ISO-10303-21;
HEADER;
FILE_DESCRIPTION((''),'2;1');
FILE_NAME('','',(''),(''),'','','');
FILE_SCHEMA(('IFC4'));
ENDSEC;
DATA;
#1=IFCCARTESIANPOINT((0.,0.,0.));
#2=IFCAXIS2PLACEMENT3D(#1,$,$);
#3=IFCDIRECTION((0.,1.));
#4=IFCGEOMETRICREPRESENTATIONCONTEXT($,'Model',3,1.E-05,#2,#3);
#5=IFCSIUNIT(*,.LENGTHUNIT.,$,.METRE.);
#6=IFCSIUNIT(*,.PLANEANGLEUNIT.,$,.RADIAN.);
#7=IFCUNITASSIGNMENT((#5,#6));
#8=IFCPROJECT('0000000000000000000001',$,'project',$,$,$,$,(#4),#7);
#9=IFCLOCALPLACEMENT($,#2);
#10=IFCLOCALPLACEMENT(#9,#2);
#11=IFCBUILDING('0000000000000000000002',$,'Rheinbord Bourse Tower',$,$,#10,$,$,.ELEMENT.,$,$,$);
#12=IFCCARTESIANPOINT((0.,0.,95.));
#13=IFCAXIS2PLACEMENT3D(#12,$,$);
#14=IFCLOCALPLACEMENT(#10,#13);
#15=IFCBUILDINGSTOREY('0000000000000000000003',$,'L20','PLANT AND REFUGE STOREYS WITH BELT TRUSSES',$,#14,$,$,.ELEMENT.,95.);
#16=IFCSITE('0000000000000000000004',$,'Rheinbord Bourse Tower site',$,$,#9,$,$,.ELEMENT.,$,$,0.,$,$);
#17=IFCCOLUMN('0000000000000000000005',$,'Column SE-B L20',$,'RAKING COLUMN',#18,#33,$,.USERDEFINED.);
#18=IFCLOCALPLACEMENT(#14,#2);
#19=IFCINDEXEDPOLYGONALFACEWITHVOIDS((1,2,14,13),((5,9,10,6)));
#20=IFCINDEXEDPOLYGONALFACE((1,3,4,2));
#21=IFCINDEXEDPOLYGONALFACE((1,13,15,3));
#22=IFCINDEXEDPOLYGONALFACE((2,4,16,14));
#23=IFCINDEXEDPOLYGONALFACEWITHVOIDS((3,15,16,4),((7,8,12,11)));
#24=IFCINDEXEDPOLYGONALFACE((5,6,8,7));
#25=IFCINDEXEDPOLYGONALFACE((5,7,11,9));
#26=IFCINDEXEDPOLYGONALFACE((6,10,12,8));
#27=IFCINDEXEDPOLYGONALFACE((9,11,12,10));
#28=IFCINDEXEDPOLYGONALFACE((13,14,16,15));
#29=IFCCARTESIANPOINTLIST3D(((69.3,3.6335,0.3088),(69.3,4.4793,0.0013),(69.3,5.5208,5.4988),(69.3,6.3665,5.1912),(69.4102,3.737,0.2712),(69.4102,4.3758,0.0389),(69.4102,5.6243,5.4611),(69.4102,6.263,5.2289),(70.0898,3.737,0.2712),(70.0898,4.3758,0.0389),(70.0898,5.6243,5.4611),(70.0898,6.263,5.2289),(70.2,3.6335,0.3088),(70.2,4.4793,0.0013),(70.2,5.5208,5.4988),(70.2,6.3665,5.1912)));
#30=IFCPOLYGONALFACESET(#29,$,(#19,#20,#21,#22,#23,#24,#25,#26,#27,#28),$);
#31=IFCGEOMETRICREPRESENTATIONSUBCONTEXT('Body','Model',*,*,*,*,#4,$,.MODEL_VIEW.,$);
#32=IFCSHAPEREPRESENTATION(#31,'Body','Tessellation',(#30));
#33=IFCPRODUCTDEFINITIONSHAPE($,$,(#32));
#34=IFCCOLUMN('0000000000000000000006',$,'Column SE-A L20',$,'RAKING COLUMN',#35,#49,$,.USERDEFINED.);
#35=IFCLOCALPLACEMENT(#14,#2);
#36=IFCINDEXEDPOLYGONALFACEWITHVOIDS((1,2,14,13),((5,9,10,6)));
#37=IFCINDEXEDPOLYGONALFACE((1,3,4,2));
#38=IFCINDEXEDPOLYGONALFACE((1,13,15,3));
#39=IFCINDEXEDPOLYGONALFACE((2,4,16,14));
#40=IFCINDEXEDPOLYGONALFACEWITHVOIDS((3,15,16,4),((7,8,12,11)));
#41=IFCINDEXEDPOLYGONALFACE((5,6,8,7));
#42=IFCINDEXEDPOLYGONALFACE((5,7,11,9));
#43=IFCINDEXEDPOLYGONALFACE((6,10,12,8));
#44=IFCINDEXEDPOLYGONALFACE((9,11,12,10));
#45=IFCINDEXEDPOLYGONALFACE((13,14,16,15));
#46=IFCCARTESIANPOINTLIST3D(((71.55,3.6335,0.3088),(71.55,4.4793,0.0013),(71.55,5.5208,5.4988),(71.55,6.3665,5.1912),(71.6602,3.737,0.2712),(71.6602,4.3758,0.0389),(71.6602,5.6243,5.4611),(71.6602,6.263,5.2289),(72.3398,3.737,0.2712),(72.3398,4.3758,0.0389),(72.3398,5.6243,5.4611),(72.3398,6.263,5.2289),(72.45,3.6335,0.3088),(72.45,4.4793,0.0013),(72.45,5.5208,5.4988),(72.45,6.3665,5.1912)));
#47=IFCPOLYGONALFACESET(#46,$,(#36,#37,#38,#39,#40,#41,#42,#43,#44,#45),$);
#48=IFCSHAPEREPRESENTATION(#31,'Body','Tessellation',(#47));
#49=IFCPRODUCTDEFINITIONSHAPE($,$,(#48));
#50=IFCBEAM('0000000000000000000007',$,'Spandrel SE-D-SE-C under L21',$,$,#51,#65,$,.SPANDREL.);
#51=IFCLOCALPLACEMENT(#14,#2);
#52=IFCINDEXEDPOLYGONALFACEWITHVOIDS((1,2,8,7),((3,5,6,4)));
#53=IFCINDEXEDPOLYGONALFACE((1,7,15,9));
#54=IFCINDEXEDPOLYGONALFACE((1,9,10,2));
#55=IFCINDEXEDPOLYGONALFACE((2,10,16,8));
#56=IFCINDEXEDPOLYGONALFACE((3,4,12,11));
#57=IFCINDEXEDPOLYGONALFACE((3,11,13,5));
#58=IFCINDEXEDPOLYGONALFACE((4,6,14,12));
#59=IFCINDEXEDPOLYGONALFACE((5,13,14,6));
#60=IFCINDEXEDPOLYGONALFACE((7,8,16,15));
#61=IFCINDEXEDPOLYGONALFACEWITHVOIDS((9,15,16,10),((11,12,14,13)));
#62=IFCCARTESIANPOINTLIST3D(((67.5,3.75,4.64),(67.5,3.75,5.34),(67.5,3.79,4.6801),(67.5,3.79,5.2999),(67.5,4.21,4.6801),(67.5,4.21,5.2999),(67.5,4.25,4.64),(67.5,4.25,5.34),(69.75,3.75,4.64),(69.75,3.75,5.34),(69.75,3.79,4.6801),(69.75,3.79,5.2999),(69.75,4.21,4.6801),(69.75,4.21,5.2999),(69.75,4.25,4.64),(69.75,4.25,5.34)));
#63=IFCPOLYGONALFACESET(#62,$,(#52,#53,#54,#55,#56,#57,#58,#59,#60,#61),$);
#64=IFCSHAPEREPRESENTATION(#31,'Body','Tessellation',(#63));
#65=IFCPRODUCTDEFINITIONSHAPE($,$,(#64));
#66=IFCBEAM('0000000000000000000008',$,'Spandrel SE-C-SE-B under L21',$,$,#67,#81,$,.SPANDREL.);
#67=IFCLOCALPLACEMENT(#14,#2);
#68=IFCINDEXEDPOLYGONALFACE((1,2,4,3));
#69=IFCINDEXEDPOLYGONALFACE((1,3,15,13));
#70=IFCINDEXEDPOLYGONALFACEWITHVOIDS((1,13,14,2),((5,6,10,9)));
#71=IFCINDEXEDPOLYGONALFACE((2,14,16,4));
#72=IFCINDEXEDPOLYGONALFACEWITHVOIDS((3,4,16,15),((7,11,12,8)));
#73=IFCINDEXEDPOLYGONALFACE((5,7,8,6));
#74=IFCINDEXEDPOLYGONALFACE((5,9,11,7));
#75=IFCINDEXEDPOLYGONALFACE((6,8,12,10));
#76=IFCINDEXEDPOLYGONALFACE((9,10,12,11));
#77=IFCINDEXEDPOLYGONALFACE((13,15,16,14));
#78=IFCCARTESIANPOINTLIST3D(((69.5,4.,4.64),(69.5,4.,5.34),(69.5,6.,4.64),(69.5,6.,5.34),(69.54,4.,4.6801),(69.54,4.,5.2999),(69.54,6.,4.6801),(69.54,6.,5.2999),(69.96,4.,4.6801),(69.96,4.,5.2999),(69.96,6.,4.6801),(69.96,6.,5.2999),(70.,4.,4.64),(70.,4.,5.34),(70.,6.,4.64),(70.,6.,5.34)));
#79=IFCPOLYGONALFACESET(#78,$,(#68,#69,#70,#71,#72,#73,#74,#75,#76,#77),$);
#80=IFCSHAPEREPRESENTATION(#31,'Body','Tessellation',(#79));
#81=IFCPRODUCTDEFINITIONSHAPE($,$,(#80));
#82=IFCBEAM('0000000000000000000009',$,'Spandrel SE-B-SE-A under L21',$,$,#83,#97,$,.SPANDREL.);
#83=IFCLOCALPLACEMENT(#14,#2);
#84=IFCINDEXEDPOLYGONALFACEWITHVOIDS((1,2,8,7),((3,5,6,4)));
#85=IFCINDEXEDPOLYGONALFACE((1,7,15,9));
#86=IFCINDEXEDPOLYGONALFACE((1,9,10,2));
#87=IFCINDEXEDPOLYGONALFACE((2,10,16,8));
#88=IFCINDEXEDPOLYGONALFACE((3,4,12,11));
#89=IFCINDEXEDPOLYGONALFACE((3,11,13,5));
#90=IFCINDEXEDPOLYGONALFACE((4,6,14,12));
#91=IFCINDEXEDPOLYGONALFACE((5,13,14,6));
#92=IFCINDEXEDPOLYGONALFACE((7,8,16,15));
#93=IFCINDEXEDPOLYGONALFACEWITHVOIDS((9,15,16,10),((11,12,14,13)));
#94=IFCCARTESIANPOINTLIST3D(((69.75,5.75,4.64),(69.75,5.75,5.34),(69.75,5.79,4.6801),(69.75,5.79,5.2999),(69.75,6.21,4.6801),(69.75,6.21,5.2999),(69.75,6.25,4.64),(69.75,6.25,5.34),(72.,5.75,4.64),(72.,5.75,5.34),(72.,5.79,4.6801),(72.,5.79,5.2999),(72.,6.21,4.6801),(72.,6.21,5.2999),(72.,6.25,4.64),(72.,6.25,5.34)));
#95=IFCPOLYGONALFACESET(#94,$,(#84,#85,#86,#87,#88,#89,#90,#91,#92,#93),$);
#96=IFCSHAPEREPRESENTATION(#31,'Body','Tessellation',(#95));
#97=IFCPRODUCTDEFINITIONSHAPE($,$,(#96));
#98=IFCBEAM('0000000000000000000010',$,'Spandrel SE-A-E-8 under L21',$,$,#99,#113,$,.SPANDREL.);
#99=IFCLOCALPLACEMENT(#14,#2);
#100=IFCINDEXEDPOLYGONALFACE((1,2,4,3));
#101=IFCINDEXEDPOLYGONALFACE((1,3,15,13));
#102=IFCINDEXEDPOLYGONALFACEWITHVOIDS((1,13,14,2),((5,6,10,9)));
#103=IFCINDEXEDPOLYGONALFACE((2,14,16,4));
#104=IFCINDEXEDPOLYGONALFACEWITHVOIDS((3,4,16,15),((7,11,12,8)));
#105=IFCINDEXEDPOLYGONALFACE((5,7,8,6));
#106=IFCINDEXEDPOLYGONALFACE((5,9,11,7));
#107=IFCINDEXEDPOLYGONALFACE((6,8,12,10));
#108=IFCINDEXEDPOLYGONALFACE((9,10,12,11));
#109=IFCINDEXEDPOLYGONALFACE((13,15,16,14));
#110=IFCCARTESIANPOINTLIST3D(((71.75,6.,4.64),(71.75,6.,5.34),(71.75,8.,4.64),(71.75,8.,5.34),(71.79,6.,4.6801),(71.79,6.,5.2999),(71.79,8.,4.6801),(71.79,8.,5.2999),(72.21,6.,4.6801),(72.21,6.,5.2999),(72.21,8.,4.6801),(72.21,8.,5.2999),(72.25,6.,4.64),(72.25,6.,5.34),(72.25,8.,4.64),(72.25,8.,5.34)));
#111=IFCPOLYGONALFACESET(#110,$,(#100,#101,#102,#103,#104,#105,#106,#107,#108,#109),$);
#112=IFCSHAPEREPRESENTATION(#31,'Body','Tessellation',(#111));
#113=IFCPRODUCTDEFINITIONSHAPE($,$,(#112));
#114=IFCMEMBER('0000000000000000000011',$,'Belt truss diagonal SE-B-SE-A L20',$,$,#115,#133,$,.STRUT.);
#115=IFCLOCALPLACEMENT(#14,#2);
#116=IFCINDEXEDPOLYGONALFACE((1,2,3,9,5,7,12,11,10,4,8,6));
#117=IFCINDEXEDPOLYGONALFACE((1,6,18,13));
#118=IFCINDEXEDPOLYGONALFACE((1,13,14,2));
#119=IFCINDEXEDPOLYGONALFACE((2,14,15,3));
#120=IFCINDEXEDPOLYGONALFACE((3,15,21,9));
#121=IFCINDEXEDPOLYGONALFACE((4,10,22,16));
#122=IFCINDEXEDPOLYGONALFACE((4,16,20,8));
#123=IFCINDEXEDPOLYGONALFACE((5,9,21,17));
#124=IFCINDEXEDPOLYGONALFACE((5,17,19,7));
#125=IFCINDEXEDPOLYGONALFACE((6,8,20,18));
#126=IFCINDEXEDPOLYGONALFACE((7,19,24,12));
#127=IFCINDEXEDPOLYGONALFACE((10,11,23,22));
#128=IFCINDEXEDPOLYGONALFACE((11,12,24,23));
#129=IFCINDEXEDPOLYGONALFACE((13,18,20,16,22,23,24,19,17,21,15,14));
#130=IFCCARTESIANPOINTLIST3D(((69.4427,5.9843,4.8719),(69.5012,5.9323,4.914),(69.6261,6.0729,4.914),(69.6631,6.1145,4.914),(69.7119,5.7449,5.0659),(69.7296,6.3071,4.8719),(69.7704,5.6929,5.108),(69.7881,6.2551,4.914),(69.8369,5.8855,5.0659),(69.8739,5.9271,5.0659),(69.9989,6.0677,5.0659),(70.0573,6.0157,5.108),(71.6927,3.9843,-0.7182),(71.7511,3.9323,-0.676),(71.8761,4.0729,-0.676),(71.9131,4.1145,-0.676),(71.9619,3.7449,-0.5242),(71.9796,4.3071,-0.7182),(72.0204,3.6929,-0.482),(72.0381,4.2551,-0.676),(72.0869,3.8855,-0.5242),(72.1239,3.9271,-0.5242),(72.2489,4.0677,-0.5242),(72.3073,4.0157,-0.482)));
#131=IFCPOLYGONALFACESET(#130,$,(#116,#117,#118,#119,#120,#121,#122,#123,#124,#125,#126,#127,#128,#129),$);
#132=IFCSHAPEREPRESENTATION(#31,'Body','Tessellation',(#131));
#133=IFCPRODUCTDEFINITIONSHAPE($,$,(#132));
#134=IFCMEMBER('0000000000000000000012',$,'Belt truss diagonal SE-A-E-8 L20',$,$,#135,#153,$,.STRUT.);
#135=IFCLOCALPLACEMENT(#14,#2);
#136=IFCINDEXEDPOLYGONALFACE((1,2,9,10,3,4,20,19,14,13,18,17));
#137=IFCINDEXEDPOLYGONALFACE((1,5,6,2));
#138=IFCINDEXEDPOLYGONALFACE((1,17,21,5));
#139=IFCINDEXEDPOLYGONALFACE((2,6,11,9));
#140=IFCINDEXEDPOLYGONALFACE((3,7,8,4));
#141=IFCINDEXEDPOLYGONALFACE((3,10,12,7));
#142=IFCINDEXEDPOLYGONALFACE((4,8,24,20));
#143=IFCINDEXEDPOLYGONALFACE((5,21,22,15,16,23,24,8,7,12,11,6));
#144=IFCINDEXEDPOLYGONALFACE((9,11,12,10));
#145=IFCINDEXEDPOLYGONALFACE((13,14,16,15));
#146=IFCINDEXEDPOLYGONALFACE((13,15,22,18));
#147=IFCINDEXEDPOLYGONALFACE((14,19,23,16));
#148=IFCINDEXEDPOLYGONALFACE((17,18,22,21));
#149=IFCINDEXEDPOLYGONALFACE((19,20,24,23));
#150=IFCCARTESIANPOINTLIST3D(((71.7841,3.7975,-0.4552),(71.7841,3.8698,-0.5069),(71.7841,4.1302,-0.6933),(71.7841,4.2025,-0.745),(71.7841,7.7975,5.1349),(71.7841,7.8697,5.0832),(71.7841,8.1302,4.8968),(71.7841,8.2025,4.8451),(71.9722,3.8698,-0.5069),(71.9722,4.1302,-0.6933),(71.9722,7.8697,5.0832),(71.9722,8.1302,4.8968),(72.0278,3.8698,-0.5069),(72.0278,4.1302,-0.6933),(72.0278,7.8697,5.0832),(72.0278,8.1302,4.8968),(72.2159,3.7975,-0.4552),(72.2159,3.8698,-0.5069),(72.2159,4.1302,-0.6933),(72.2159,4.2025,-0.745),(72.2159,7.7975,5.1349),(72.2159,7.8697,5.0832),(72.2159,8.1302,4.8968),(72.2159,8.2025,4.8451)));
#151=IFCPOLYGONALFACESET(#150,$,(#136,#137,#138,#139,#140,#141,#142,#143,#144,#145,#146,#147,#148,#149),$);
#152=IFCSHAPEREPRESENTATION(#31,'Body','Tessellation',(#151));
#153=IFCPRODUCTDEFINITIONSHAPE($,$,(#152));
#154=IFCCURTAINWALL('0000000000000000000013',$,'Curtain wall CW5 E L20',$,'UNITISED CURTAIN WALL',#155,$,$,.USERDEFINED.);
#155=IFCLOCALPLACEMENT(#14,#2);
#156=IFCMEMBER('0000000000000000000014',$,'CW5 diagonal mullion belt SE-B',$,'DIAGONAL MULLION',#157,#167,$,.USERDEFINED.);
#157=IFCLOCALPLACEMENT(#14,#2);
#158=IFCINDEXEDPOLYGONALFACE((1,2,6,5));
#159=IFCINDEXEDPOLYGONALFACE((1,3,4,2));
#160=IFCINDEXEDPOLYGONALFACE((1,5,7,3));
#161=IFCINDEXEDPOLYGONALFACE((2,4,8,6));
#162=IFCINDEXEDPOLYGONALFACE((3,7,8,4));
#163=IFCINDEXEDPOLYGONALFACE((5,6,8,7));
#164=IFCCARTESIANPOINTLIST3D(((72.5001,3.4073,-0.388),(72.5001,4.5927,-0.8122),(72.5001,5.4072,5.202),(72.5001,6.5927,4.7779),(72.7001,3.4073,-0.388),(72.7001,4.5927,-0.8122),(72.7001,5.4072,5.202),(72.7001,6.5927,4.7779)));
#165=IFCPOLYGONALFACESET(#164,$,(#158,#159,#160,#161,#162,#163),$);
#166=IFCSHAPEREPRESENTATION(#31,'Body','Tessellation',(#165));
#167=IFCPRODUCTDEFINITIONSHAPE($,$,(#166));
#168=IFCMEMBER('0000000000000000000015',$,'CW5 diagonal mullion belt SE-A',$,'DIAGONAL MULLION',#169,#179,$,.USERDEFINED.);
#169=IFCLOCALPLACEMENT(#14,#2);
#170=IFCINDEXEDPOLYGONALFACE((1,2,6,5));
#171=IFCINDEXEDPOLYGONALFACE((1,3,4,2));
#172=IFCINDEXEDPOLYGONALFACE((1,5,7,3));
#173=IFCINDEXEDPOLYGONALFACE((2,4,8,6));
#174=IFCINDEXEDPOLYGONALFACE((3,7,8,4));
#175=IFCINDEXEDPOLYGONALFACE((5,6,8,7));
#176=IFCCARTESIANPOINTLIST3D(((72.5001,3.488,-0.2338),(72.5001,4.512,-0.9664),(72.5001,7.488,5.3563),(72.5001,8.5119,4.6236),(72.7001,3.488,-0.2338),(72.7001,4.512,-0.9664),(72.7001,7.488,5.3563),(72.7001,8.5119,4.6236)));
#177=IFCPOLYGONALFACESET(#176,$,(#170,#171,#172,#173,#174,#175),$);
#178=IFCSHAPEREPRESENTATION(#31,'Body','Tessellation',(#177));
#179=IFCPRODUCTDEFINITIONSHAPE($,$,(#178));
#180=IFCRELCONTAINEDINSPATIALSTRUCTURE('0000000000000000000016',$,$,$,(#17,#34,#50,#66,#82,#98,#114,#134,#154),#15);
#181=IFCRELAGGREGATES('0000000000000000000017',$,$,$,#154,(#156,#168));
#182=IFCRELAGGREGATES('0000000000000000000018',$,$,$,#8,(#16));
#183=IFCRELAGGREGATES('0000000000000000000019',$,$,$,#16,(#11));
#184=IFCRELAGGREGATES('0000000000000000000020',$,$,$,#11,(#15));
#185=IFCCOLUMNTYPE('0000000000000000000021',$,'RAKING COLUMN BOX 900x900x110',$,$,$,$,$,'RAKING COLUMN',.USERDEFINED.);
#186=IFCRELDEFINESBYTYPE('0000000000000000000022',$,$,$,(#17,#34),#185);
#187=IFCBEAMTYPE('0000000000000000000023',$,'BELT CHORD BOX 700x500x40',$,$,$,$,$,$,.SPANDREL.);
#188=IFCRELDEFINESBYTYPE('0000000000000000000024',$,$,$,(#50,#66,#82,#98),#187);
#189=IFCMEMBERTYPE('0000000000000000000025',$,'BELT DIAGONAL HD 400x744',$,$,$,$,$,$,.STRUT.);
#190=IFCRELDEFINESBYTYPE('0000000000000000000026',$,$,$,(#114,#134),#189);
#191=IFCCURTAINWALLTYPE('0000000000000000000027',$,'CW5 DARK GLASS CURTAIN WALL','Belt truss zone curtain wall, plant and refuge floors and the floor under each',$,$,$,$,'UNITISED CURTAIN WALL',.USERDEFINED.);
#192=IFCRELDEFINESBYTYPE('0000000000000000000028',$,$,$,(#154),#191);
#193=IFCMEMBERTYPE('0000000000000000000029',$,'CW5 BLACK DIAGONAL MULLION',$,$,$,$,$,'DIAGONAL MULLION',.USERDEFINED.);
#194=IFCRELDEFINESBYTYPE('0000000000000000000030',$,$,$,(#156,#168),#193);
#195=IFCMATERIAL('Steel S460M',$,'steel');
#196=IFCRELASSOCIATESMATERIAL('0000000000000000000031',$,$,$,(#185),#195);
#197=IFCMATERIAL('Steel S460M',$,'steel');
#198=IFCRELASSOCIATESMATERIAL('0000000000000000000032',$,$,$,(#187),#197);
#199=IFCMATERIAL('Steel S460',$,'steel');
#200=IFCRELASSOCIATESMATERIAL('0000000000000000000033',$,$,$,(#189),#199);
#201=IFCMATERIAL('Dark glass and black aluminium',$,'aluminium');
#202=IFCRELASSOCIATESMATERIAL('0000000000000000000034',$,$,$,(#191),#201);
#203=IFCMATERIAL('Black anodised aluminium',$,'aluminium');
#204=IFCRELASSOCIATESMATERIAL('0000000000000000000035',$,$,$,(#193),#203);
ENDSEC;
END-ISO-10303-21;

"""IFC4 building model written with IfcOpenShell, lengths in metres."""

from ifc_helpers import new_model, si_unit, direction, frame, origin, origin_2d, place, context, subcontext, project, spatial, rectangle, hollow_rectangle, i_section, extrude, material, material_profile, profile_set, type_object, element, aggregate, save


model = new_model("IFC4")

# Units and contexts
model_context = context("Model", 3, precision=1e-05, world=origin(), true_north=direction((0.0, 1.0)))
body_context = subcontext(model_context, "Body", "Model", "MODEL_VIEW")
ifc_project = project(units=[si_unit("LENGTHUNIT", "METRE"), si_unit("PLANEANGLEUNIT", "RADIAN")], contexts=[model_context])

# Site, building, storey
site_placement = place(None, origin())
site = spatial("IfcSite", under=ifc_project, at=site_placement, Name="Rheinbord Bourse Tower site", CompositionType="ELEMENT", RefElevation=0.0)
building_placement = place(site_placement, origin())
building = spatial("IfcBuilding", under=site, at=building_placement, Name="Rheinbord Bourse Tower", CompositionType="ELEMENT")
storey_placement = place(building_placement, frame((0.0, 0.0, 95.0)))
storey = spatial("IfcBuildingStorey", under=building, at=storey_placement, Name="L20", Description="PLANT AND REFUGE STOREYS WITH BELT TRUSSES", CompositionType="ELEMENT", Elevation=95.0)

# Columns
ifc_material_1 = material(Name="Steel S460M", Category="steel")
ifc_material_profile_1 = material_profile(ifc_material_1, hollow_rectangle(XDim=0.8999, YDim=0.8999, WallThickness=0.1101, at=origin_2d()), Name="BOX 900x900x110")
ifc_profile_set_1 = profile_set([ifc_material_profile_1], Name="Steel S460M")
column_type = type_object("IfcColumnType", Name="RAKING COLUMN BOX 900x900x110", ElementType="RAKING COLUMN", PredefinedType="USERDEFINED", material=ifc_profile_set_1)
for number, where, z_axis, x_axis, name in (
    (1, (69.75, 4.0564, 0.155), (0.0, 0.341743, 0.939793), (-1.0, 0.0, 0.0), "Column SE-B L20"),
    (2, (72.0, 4.0564, 0.155), (0.0, 0.341743, 0.939793), (-1.0, 0.0, 0.0), "Column SE-A L20"),
):
    element("IfcColumn", number, at=place(storey_placement, frame(where, z_axis=z_axis, x_axis=x_axis)), inside=storey, type_object=column_type, Name=name, ObjectType="RAKING COLUMN", PredefinedType="USERDEFINED", context=body_context, shape_type="SweptSolid", body=[
        extrude(hollow_rectangle(XDim=0.8999, YDim=0.8999, WallThickness=0.1101, at=origin_2d()), origin(), (0.0, 0.0, 1.0), 5.5225),
    ])

# Beams
ifc_material_2 = material(Name="Steel S460M", Category="steel")
ifc_material_profile_2 = material_profile(ifc_material_2, hollow_rectangle(XDim=0.5, YDim=0.7, WallThickness=0.04, at=origin_2d()), Name="BOX 700x500x40")
ifc_profile_set_2 = profile_set([ifc_material_profile_2], Name="Steel S460M")
beam_type_1 = type_object("IfcBeamType", Name="BELT CHORD BOX 700x500x40", PredefinedType="SPANDREL", material=ifc_profile_set_2)
beam_1_placement = place(storey_placement, frame((67.5, 4.0, 4.99), z_axis=(1.0, 0.0, 0.0), x_axis=(0.0, 1.0, 0.0)))
element("IfcBeam", 3, at=beam_1_placement, inside=storey, type_object=beam_type_1, Name="Spandrel SE-D-SE-C under L21", PredefinedType="SPANDREL", context=body_context, shape_type="SweptSolid", body=[
    extrude(hollow_rectangle(XDim=0.5, YDim=0.7, WallThickness=0.04, at=origin_2d()), origin(), (0.0, 0.0, 1.0), 2.25),
])
beam_2_placement = place(storey_placement, frame((69.75, 4.0, 4.99), z_axis=(0.0, 1.0, 0.0), x_axis=(-1.0, 0.0, 0.0)))
element("IfcBeam", 4, at=beam_2_placement, inside=storey, type_object=beam_type_1, Name="Spandrel SE-C-SE-B under L21", PredefinedType="SPANDREL", context=body_context, shape_type="SweptSolid", body=[
    extrude(hollow_rectangle(XDim=0.5, YDim=0.7, WallThickness=0.04, at=origin_2d()), origin(), (0.0, 0.0, 1.0), 2.0),
])
beam_3_placement = place(storey_placement, frame((69.75, 6.0, 4.99), z_axis=(1.0, 0.0, 0.0), x_axis=(0.0, 1.0, 0.0)))
element("IfcBeam", 5, at=beam_3_placement, inside=storey, type_object=beam_type_1, Name="Spandrel SE-B-SE-A under L21", PredefinedType="SPANDREL", context=body_context, shape_type="SweptSolid", body=[
    extrude(hollow_rectangle(XDim=0.5, YDim=0.7, WallThickness=0.04, at=origin_2d()), origin(), (0.0, 0.0, 1.0), 2.25),
])
beam_4_placement = place(storey_placement, frame((72.0, 6.0, 4.99), z_axis=(0.0, 1.0, 0.0), x_axis=(-1.0, 0.0, 0.0)))
element("IfcBeam", 6, at=beam_4_placement, inside=storey, type_object=beam_type_1, Name="Spandrel SE-A-E-8 under L21", PredefinedType="SPANDREL", context=body_context, shape_type="SweptSolid", body=[
    extrude(hollow_rectangle(XDim=0.5, YDim=0.7, WallThickness=0.04, at=origin_2d()), origin(), (0.0, 0.0, 1.0), 2.0),
])

# Members
ifc_material_3 = material(Name="Steel S460", Category="steel")
ifc_material_profile_3 = material_profile(ifc_material_3, i_section(OverallWidth=0.4319, OverallDepth=0.498, WebThickness=0.0557, FlangeThickness=0.0889, at=origin_2d()), Name="HD 400x744")
ifc_profile_set_3 = profile_set([ifc_material_profile_3], Name="Steel S460")
member_type_1 = type_object("IfcMemberType", Name="BELT DIAGONAL HD 400x744", PredefinedType="STRUT", material=ifc_profile_set_3)
member_1_placement = place(storey_placement, frame((72.0, 4.0, -0.6001), z_axis=(-0.354379, 0.315003, 0.880448), x_axis=(-0.664364, -0.747409, 0.0)))
element("IfcMember", 7, at=member_1_placement, inside=storey, type_object=member_type_1, Name="Belt truss diagonal SE-B-SE-A L20", PredefinedType="STRUT", context=body_context, shape_type="SweptSolid", body=[
    extrude(i_section(OverallWidth=0.4319, OverallDepth=0.498, WebThickness=0.0557, FlangeThickness=0.0889, at=origin_2d()), origin(), (0.0, 0.0, 1.0), 6.3491),
])
member_2_placement = place(storey_placement, frame((72.0, 4.0, -0.6001), z_axis=(0.0, 0.58192, 0.813246), x_axis=(-1.0, 0.0, 0.0)))
element("IfcMember", 8, at=member_2_placement, inside=storey, type_object=member_type_1, Name="Belt truss diagonal SE-A-E-8 L20", PredefinedType="STRUT", context=body_context, shape_type="SweptSolid", body=[
    extrude(i_section(OverallWidth=0.4319, OverallDepth=0.498, WebThickness=0.0557, FlangeThickness=0.0889, at=origin_2d()), origin(), (0.0, 0.0, 1.0), 6.8738),
])

# Curtain wall, members
ifc_material_4 = material(Name="Dark glass and black aluminium", Category="aluminium")
curtain_wall_type = type_object("IfcCurtainWallType", Name="CW5 DARK GLASS CURTAIN WALL", Description="Belt truss zone curtain wall, plant and refuge floors and the floor under each", ElementType="UNITISED CURTAIN WALL", PredefinedType="USERDEFINED", material=ifc_material_4)
curtain_wall_placement = place(storey_placement, origin())
curtain_wall = element("IfcCurtainWall", 9, at=curtain_wall_placement, inside=storey, type_object=curtain_wall_type, Name="Curtain wall CW5 E L20", ObjectType="UNITISED CURTAIN WALL", PredefinedType="USERDEFINED")
ifc_material_5 = material(Name="Black anodised aluminium", Category="aluminium")
ifc_material_profile_4 = material_profile(ifc_material_5, rectangle(XDim=0.2, YDim=1.259, at=origin_2d()), Name="CW5 DIAGONAL MULLION 1259x200")
ifc_profile_set_4 = profile_set([ifc_material_profile_4], Name="Black anodised aluminium")
member_type_2 = type_object("IfcMemberType", Name="CW5 BLACK DIAGONAL MULLION", ElementType="DIAGONAL MULLION", PredefinedType="USERDEFINED", material=ifc_profile_set_4)
member_3_placement = place(storey_placement, frame((72.6001, 4.0, -0.6001), z_axis=(0.0, 0.336865, 0.941553), x_axis=(-1.0, 0.0, 0.0)))
member_3 = element("IfcMember", 10, at=member_3_placement, type_object=member_type_2, Name="CW5 diagonal mullion belt SE-B", ObjectType="DIAGONAL MULLION", PredefinedType="USERDEFINED", context=body_context, shape_type="SweptSolid", body=[
    extrude(rectangle(XDim=0.2, YDim=1.259, at=origin_2d()), origin(), (0.0, 0.0, 1.0), 5.937),
])
member_4_placement = place(storey_placement, frame((72.6001, 4.0, -0.6001), z_axis=(0.0, 0.58192, 0.813246), x_axis=(-1.0, 0.0, 0.0)))
member_4 = element("IfcMember", 11, at=member_4_placement, type_object=member_type_2, Name="CW5 diagonal mullion belt SE-A", ObjectType="DIAGONAL MULLION", PredefinedType="USERDEFINED", context=body_context, shape_type="SweptSolid", body=[
    extrude(rectangle(XDim=0.2, YDim=1.259, at=origin_2d()), origin(), (0.0, 0.0, 1.0), 6.8738),
])

aggregate(curtain_wall, [member_3, member_4])

save(model, "model.ifc")
